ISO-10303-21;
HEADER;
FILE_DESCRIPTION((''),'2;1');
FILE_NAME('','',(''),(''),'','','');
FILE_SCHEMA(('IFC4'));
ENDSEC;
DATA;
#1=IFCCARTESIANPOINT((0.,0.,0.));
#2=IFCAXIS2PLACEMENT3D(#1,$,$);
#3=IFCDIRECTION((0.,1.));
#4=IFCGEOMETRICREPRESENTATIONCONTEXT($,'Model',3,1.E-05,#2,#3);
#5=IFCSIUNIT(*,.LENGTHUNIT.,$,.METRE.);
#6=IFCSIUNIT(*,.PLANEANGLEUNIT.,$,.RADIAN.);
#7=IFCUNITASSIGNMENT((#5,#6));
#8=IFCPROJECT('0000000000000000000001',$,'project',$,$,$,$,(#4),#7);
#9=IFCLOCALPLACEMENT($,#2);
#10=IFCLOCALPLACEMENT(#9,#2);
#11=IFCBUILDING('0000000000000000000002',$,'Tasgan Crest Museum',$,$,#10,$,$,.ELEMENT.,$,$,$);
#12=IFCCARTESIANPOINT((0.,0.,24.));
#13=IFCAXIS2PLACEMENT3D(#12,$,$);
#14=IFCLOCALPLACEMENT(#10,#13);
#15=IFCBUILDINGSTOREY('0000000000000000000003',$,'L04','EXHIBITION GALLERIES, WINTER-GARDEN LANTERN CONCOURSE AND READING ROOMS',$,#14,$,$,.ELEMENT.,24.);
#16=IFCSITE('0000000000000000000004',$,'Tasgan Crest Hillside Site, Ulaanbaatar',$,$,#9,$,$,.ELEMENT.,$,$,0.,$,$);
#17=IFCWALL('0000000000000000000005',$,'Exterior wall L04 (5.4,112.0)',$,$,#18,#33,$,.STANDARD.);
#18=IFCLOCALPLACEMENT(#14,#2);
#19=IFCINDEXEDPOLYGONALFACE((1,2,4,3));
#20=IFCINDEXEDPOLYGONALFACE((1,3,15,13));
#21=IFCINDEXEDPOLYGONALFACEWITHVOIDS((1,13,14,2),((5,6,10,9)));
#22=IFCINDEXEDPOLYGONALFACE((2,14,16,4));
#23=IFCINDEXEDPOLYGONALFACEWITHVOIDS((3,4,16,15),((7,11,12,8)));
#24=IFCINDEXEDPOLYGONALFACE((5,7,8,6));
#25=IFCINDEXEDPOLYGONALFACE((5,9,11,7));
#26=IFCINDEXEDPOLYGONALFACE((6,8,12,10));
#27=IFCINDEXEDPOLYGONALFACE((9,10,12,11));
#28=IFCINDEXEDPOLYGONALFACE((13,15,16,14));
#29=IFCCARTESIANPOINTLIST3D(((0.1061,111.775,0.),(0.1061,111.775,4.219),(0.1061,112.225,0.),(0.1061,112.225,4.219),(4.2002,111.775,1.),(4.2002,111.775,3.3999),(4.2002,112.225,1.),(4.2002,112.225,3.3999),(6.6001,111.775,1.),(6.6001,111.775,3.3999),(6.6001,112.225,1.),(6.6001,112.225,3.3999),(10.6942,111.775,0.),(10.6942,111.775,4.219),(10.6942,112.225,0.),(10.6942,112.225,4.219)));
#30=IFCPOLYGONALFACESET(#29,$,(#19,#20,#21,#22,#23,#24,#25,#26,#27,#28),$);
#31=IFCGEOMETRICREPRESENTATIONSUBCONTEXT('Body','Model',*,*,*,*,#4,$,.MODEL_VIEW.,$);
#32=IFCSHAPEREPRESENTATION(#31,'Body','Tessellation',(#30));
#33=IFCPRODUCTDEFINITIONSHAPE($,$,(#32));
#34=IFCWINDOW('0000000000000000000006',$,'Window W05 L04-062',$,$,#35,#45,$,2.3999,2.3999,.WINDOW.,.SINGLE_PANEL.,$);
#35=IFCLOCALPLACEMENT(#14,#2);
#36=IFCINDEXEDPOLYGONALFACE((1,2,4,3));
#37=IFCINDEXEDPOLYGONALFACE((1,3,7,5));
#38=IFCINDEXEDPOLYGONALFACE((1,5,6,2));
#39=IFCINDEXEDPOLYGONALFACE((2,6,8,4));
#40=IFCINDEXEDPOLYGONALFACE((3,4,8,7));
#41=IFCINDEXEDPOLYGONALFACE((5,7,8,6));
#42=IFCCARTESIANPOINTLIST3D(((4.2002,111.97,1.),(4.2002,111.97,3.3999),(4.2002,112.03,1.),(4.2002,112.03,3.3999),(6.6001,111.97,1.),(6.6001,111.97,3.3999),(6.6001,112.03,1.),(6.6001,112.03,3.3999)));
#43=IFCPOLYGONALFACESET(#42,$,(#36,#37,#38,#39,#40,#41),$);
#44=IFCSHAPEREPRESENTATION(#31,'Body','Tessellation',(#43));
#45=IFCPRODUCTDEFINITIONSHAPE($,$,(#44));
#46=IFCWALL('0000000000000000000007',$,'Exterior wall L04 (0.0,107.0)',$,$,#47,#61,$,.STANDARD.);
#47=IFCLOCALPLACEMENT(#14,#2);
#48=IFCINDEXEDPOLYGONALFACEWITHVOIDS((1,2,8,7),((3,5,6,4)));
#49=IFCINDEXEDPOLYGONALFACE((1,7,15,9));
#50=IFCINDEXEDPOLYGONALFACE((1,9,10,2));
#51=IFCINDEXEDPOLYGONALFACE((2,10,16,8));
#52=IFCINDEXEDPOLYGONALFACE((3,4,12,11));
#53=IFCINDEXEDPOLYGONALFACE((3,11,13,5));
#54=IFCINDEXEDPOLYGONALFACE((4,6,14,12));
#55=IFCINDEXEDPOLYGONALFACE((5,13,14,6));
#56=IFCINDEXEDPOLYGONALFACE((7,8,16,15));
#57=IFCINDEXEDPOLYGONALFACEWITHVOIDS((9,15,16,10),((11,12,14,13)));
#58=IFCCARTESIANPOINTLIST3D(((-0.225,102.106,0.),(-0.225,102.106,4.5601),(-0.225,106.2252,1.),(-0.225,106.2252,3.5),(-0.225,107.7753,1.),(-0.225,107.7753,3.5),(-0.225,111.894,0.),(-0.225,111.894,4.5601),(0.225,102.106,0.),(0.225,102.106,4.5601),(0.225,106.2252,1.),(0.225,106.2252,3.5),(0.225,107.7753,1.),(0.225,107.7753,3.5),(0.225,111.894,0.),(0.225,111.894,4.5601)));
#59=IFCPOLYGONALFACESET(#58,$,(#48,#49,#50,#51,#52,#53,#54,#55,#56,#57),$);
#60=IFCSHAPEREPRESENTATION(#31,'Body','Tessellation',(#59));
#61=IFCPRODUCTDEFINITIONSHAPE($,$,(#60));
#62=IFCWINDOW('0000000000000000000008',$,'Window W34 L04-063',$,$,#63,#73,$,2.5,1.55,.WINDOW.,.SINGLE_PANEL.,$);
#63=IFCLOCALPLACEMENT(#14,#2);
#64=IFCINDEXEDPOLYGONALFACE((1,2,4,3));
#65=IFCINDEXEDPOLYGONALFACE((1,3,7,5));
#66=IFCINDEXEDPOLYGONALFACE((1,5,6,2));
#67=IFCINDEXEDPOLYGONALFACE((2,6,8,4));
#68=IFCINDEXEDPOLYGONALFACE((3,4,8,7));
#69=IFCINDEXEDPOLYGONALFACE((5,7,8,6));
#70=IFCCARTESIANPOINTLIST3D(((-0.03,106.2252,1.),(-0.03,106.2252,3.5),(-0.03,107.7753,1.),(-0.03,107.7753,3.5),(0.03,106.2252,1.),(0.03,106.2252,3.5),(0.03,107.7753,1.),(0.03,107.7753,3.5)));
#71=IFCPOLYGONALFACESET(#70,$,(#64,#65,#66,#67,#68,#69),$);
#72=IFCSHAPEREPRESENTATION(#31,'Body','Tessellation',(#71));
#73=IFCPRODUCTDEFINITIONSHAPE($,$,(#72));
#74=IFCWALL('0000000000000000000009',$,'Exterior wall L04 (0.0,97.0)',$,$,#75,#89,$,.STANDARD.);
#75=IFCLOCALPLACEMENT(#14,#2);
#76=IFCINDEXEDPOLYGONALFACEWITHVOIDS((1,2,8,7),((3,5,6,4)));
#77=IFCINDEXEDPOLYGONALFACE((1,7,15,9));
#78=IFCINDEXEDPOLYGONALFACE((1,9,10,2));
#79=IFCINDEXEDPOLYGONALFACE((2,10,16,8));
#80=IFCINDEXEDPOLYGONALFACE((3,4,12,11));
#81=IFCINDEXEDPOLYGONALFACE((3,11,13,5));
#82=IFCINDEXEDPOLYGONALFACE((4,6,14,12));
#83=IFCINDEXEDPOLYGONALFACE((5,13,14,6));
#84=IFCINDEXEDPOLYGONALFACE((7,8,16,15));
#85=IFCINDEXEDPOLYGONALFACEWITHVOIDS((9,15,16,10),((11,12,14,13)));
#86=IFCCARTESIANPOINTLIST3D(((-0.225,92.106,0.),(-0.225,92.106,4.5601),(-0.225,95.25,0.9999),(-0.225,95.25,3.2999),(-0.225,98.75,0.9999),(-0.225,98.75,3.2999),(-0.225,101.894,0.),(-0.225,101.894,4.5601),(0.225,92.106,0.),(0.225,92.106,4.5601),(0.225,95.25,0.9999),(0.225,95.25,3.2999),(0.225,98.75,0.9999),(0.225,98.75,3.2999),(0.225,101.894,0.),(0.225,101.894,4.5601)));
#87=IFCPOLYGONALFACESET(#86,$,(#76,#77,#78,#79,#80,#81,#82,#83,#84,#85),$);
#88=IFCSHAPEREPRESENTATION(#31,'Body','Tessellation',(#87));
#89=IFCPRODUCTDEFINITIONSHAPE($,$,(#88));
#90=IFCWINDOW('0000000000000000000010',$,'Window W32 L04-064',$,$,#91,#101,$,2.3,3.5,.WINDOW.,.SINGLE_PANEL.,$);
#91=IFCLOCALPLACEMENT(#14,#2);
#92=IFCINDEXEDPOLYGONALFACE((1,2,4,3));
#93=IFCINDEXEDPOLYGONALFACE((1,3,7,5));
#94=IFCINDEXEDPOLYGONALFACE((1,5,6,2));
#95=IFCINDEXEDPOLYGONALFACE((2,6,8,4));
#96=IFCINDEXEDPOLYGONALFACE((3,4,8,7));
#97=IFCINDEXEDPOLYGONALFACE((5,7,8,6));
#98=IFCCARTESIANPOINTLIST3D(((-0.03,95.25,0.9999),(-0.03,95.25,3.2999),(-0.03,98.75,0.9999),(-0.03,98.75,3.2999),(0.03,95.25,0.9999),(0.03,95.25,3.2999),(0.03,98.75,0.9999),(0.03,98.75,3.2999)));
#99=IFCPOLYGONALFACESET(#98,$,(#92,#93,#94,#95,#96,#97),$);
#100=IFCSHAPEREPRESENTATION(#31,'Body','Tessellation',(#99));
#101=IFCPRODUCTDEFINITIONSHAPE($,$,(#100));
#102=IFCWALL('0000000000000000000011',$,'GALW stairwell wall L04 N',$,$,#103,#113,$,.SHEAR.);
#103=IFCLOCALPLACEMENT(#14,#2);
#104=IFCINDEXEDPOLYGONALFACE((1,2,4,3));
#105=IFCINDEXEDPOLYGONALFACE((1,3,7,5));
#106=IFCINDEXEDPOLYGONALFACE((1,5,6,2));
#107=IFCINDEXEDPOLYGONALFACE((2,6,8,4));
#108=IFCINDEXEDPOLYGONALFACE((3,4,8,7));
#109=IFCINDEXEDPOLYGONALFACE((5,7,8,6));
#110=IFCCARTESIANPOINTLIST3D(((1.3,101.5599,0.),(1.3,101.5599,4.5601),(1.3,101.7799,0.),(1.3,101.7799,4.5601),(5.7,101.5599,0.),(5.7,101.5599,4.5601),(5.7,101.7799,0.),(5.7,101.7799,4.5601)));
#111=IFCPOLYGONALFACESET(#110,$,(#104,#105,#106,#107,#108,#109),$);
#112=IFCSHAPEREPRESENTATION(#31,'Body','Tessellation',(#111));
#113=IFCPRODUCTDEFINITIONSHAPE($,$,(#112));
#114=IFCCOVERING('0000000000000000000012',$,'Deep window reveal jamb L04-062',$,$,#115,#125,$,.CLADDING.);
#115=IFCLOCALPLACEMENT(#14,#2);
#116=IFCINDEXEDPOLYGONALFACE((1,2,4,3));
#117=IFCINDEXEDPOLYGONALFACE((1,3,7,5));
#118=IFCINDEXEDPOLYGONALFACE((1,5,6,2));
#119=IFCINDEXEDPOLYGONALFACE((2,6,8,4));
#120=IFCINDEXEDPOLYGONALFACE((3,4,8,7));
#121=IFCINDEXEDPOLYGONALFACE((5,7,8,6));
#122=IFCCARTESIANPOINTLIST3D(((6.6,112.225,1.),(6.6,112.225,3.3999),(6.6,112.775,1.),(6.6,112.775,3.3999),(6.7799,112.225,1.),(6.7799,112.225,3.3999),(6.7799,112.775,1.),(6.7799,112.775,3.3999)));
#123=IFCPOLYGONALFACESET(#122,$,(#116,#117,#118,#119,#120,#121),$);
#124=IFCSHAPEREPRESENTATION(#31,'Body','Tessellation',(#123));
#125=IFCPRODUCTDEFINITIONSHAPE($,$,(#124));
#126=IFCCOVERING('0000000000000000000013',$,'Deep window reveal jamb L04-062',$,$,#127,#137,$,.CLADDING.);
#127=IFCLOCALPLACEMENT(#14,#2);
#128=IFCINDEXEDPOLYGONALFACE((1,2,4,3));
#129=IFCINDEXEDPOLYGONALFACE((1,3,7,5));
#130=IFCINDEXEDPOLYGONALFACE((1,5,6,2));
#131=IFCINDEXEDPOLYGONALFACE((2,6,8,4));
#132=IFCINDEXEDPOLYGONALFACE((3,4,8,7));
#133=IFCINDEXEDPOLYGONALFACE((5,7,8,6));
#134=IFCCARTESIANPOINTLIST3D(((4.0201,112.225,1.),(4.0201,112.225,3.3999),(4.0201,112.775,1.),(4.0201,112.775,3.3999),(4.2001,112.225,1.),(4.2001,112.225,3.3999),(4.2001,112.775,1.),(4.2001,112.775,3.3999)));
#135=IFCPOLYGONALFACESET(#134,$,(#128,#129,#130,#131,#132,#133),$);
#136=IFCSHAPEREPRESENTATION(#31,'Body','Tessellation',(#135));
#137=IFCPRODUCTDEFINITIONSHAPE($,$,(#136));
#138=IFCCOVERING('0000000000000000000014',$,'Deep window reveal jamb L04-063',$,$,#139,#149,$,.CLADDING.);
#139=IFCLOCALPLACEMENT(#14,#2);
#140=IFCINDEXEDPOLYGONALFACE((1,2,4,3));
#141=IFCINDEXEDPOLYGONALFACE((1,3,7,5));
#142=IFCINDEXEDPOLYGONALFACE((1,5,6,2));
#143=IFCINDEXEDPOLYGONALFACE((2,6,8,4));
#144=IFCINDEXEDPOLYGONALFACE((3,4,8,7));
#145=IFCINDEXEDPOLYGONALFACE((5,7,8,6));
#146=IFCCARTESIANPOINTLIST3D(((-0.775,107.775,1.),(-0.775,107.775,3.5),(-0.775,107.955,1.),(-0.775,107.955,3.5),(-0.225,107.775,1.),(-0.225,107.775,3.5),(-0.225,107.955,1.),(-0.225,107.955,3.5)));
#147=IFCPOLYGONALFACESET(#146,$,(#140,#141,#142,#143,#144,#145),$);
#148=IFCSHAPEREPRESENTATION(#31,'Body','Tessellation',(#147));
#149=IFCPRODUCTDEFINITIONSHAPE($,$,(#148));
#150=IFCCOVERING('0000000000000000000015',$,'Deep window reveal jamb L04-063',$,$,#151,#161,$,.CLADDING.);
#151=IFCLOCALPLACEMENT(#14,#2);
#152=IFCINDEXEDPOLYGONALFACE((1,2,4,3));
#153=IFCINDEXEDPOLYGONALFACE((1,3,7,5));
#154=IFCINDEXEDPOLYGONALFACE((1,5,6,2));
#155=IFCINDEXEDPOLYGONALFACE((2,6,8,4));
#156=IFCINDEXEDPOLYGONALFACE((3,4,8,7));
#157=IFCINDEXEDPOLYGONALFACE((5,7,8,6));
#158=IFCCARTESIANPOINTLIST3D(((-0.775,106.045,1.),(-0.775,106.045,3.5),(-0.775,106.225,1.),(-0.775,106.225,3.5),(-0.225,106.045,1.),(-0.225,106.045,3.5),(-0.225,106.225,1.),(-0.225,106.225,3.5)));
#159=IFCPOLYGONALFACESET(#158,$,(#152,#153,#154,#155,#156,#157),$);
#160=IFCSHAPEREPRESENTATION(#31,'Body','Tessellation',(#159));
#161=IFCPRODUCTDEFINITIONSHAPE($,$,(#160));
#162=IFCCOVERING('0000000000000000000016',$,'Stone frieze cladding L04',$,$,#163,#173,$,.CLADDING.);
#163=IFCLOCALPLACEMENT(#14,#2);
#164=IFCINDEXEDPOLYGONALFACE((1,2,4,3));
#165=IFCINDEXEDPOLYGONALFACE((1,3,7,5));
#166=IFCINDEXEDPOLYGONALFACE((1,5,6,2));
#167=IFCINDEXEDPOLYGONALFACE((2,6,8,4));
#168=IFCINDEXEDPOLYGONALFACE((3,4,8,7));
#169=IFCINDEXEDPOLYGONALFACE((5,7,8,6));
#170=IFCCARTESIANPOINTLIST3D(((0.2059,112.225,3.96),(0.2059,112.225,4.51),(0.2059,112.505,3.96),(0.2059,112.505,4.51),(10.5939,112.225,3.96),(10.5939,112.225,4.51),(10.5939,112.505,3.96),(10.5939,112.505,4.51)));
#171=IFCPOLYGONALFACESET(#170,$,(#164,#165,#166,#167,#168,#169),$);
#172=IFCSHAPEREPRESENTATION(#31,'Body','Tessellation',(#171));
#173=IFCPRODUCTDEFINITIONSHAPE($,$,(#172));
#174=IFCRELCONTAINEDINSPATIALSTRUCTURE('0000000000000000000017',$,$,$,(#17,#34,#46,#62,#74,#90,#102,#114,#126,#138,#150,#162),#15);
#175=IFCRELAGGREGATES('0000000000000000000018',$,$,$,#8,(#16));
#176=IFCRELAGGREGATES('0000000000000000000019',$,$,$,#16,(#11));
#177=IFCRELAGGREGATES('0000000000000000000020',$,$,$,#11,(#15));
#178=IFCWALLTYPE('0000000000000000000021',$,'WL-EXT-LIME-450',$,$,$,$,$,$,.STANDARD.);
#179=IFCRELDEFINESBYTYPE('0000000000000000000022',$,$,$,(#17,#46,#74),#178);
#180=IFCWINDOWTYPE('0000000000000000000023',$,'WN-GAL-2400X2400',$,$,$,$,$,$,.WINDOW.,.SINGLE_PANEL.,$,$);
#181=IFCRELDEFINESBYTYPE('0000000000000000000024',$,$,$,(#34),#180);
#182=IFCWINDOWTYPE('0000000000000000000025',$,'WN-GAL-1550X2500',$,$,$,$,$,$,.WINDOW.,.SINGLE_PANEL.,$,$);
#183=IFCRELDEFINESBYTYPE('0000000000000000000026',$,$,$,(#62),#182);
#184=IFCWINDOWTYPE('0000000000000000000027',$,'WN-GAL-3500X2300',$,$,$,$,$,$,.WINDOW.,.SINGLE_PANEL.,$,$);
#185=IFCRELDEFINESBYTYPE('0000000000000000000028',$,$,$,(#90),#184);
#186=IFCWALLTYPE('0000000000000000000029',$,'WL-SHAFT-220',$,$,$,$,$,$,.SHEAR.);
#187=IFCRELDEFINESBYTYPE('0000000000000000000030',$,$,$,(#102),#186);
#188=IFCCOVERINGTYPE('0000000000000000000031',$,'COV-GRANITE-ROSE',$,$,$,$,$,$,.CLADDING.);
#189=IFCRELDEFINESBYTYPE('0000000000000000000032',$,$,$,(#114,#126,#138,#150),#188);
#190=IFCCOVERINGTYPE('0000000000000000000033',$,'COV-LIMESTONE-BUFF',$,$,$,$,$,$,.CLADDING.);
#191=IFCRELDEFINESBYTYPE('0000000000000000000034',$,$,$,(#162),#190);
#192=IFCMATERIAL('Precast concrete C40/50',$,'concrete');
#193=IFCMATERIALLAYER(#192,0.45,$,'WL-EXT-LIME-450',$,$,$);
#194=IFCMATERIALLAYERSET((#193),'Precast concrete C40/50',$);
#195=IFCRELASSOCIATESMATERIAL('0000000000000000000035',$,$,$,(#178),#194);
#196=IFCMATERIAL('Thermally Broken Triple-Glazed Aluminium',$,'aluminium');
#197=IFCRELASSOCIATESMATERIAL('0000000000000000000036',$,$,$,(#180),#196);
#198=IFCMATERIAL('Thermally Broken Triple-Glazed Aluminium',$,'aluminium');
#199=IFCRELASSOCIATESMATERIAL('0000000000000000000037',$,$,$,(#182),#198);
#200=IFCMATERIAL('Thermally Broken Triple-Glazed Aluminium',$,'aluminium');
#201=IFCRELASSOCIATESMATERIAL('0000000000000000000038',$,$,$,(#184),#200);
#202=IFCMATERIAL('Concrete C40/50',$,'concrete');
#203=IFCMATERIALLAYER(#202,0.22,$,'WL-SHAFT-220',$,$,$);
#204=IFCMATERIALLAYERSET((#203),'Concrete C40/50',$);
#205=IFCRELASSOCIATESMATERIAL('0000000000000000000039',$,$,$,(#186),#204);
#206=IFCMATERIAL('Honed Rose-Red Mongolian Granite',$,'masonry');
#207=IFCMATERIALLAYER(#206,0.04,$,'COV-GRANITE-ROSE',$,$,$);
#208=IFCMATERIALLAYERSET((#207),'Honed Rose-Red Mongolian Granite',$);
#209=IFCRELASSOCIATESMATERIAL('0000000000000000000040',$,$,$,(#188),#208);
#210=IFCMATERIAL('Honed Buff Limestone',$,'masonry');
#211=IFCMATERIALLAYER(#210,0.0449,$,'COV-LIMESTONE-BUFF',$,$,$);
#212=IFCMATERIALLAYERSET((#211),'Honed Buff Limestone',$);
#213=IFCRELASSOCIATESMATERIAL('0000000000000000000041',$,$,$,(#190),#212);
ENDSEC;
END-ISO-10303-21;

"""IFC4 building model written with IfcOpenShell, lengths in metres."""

from ifc_helpers import new_model, si_unit, direction, frame, frame_2d, origin, origin_2d, place, context, subcontext, project, spatial, rectangle, extrude, material, layer, layer_set, type_object, element, fill, save


model = new_model("IFC4")

# Units and contexts
model_context = context("Model", 3, precision=1e-05, world=origin(), true_north=direction((0.0, 1.0)))
body_context = subcontext(model_context, "Body", "Model", "MODEL_VIEW")
ifc_project = project(units=[si_unit("LENGTHUNIT", "METRE"), si_unit("PLANEANGLEUNIT", "RADIAN")], contexts=[model_context])

# Site, building, storey
site_placement = place(None, origin())
site = spatial("IfcSite", under=ifc_project, at=site_placement, Name="Tasgan Crest Hillside Site, Ulaanbaatar", CompositionType="ELEMENT", RefElevation=0.0)
building_placement = place(site_placement, origin())
building = spatial("IfcBuilding", under=site, at=building_placement, Name="Tasgan Crest Museum", CompositionType="ELEMENT")
storey_placement = place(building_placement, frame((0.0, 0.0, 24.0)))
storey = spatial("IfcBuildingStorey", under=building, at=storey_placement, Name="L04", Description="EXHIBITION GALLERIES, WINTER-GARDEN LANTERN CONCOURSE AND READING ROOMS", CompositionType="ELEMENT", Elevation=24.0)

# Walls, openings, windows
ifc_material_1 = material(Name="Precast concrete C40/50", Category="concrete")
ifc_layer_1 = layer(ifc_material_1, 0.45, Name="WL-EXT-LIME-450")
ifc_layer_set_1 = layer_set([ifc_layer_1], Name="Precast concrete C40/50")
wall_type_1 = type_object("IfcWallType", Name="WL-EXT-LIME-450", PredefinedType="STANDARD", material=ifc_layer_set_1)
wall_1_placement = place(storey_placement, frame((10.6941, 112.0, 0.0), z_axis=(0.0, 0.0, 1.0), x_axis=(-1.0, 0.0, 0.0)))
wall_1 = element("IfcWall", 1, at=wall_1_placement, inside=storey, type_object=wall_type_1, Name="Exterior wall L04 (5.4,112.0)", PredefinedType="STANDARD", context=body_context, shape_type="SweptSolid", body=[
    extrude(rectangle(XDim=10.5881, YDim=0.45, at=frame_2d((5.2939, 0.0))), origin(), (0.0, 0.0, 1.0), 4.219),
])
opening_1_placement = place(wall_1_placement, frame((4.094, 0.0, 1.0)))
opening_1 = element("IfcOpeningElement", 2, at=opening_1_placement, cuts=wall_1, PredefinedType="OPENING", context=body_context, shape_type="SweptSolid", body=[
    extrude(rectangle(XDim=2.3999, YDim=2.3999, at=frame_2d((1.2, 1.2))), frame((0.0, 0.2349, 0.0), z_axis=(0.0, -1.0, 0.0), x_axis=(1.0, 0.0, 0.0)), (0.0, 0.0, 1.0), 0.47),
])
ifc_material_2 = material(Name="Thermally Broken Triple-Glazed Aluminium", Category="aluminium")
window_type_1 = type_object("IfcWindowType", Name="WN-GAL-2400X2400", PartitioningType="SINGLE_PANEL", PredefinedType="WINDOW", material=ifc_material_2)
window_1_placement = place(opening_1_placement, origin())
window_1 = element("IfcWindow", 3, at=window_1_placement, inside=storey, type_object=window_type_1, Name="Window W05 L04-062", OverallHeight=2.3999, OverallWidth=2.3999, PartitioningType="SINGLE_PANEL", PredefinedType="WINDOW", context=body_context, shape_type="SweptSolid", body=[
    extrude(rectangle(XDim=2.3999, YDim=2.3999, at=frame_2d((1.2, 1.2))), frame((0.0, 0.03, 0.0), z_axis=(0.0, -1.0, 0.0), x_axis=(1.0, 0.0, 0.0)), (0.0, 0.0, 1.0), 0.0601),
])
fill(opening_1, window_1)
wall_2_placement = place(storey_placement, frame((0.0, 111.894, 0.0), z_axis=(0.0, 0.0, 1.0), x_axis=(0.0, -1.0, 0.0)))
wall_2 = element("IfcWall", 4, at=wall_2_placement, inside=storey, type_object=wall_type_1, Name="Exterior wall L04 (0.0,107.0)", PredefinedType="STANDARD", context=body_context, shape_type="SweptSolid", body=[
    extrude(rectangle(XDim=9.7881, YDim=0.45, at=frame_2d((4.894, 0.0))), origin(), (0.0, 0.0, 1.0), 4.5601),
])
opening_2_placement = place(wall_2_placement, frame((4.1189, 0.0, 1.0)))
opening_2 = element("IfcOpeningElement", 5, at=opening_2_placement, cuts=wall_2, PredefinedType="OPENING", context=body_context, shape_type="SweptSolid", body=[
    extrude(rectangle(XDim=1.55, YDim=2.5, at=frame_2d((0.7749, 1.25))), frame((0.0, 0.2349, 0.0), z_axis=(0.0, -1.0, 0.0), x_axis=(1.0, 0.0, 0.0)), (0.0, 0.0, 1.0), 0.47),
])
ifc_material_3 = material(Name="Thermally Broken Triple-Glazed Aluminium", Category="aluminium")
window_type_2 = type_object("IfcWindowType", Name="WN-GAL-1550X2500", PartitioningType="SINGLE_PANEL", PredefinedType="WINDOW", material=ifc_material_3)
window_2_placement = place(opening_2_placement, origin())
window_2 = element("IfcWindow", 6, at=window_2_placement, inside=storey, type_object=window_type_2, Name="Window W34 L04-063", OverallHeight=2.5, OverallWidth=1.55, PartitioningType="SINGLE_PANEL", PredefinedType="WINDOW", context=body_context, shape_type="SweptSolid", body=[
    extrude(rectangle(XDim=1.55, YDim=2.5, at=frame_2d((0.7749, 1.25))), frame((0.0, 0.03, 0.0), z_axis=(0.0, -1.0, 0.0), x_axis=(1.0, 0.0, 0.0)), (0.0, 0.0, 1.0), 0.0601),
])
fill(opening_2, window_2)
wall_3_placement = place(storey_placement, frame((0.0, 101.894, 0.0), z_axis=(0.0, 0.0, 1.0), x_axis=(0.0, -1.0, 0.0)))
wall_3 = element("IfcWall", 7, at=wall_3_placement, inside=storey, type_object=wall_type_1, Name="Exterior wall L04 (0.0,97.0)", PredefinedType="STANDARD", context=body_context, shape_type="SweptSolid", body=[
    extrude(rectangle(XDim=9.7881, YDim=0.45, at=frame_2d((4.894, 0.0))), origin(), (0.0, 0.0, 1.0), 4.5601),
])
opening_3_placement = place(wall_3_placement, frame((3.144, 0.0, 1.0)))
opening_3 = element("IfcOpeningElement", 8, at=opening_3_placement, cuts=wall_3, PredefinedType="OPENING", context=body_context, shape_type="SweptSolid", body=[
    extrude(rectangle(XDim=3.5, YDim=2.3, at=frame_2d((1.75, 1.1499))), frame((0.0, 0.2349, 0.0), z_axis=(0.0, -1.0, 0.0), x_axis=(1.0, 0.0, 0.0)), (0.0, 0.0, 1.0), 0.47),
])
ifc_material_4 = material(Name="Thermally Broken Triple-Glazed Aluminium", Category="aluminium")
window_type_3 = type_object("IfcWindowType", Name="WN-GAL-3500X2300", PartitioningType="SINGLE_PANEL", PredefinedType="WINDOW", material=ifc_material_4)
window_3_placement = place(opening_3_placement, origin())
window_3 = element("IfcWindow", 9, at=window_3_placement, inside=storey, type_object=window_type_3, Name="Window W32 L04-064", OverallHeight=2.3, OverallWidth=3.5, PartitioningType="SINGLE_PANEL", PredefinedType="WINDOW", context=body_context, shape_type="SweptSolid", body=[
    extrude(rectangle(XDim=3.5, YDim=2.3, at=frame_2d((1.75, 1.1499))), frame((0.0, 0.03, 0.0), z_axis=(0.0, -1.0, 0.0), x_axis=(1.0, 0.0, 0.0)), (0.0, 0.0, 1.0), 0.0601),
])
fill(opening_3, window_3)

# Wall
ifc_material_5 = material(Name="Concrete C40/50", Category="concrete")
ifc_layer_2 = layer(ifc_material_5, 0.22, Name="WL-SHAFT-220")
ifc_layer_set_2 = layer_set([ifc_layer_2], Name="Concrete C40/50")
wall_type_2 = type_object("IfcWallType", Name="WL-SHAFT-220", PredefinedType="SHEAR", material=ifc_layer_set_2)
wall_4_placement = place(storey_placement, frame((1.3, 101.6699, 0.0), z_axis=(0.0, 0.0, 1.0), x_axis=(1.0, 0.0, 0.0)))
element("IfcWall", 10, at=wall_4_placement, inside=storey, type_object=wall_type_2, Name="GALW stairwell wall L04 N", PredefinedType="SHEAR", context=body_context, shape_type="SweptSolid", body=[
    extrude(rectangle(XDim=4.3999, YDim=0.22, at=frame_2d((2.2, 0.0))), origin(), (0.0, 0.0, 1.0), 4.5601),
])

# Coverings
ifc_material_6 = material(Name="Honed Rose-Red Mongolian Granite", Category="masonry")
ifc_layer_3 = layer(ifc_material_6, 0.04, Name="COV-GRANITE-ROSE")
ifc_layer_set_3 = layer_set([ifc_layer_3], Name="Honed Rose-Red Mongolian Granite")
covering_type_1 = type_object("IfcCoveringType", Name="COV-GRANITE-ROSE", PredefinedType="CLADDING", material=ifc_layer_set_3)
for number, where, z_axis, x_axis, name in (
    (11, (6.6899, 112.5, 1.0), (0.0, 0.0, 1.0), (-1.0, 0.0, 0.0), "Deep window reveal jamb L04-062"),
    (12, (4.1101, 112.5, 1.0), (0.0, 0.0, 1.0), (-1.0, 0.0, 0.0), "Deep window reveal jamb L04-062"),
):
    element("IfcCovering", number, at=place(storey_placement, frame(where, z_axis=z_axis, x_axis=x_axis)), inside=storey, type_object=covering_type_1, Name=name, PredefinedType="CLADDING", context=body_context, shape_type="SweptSolid", body=[
        extrude(rectangle(XDim=0.1799, YDim=0.55, at=origin_2d()), origin(), (0.0, 0.0, 1.0), 2.3999),
    ])
for number, where, z_axis, x_axis, name in (
    (13, (-0.5, 107.865, 1.0), (0.0, 0.0, 1.0), (0.0, -1.0, 0.0), "Deep window reveal jamb L04-063"),
    (14, (-0.5, 106.135, 1.0), (0.0, 0.0, 1.0), (0.0, -1.0, 0.0), "Deep window reveal jamb L04-063"),
):
    element("IfcCovering", number, at=place(storey_placement, frame(where, z_axis=z_axis, x_axis=x_axis)), inside=storey, type_object=covering_type_1, Name=name, PredefinedType="CLADDING", context=body_context, shape_type="SweptSolid", body=[
        extrude(rectangle(XDim=0.1799, YDim=0.55, at=origin_2d()), origin(), (0.0, 0.0, 1.0), 2.5),
    ])
ifc_material_7 = material(Name="Honed Buff Limestone", Category="masonry")
ifc_layer_4 = layer(ifc_material_7, 0.0449, Name="COV-LIMESTONE-BUFF")
ifc_layer_set_4 = layer_set([ifc_layer_4], Name="Honed Buff Limestone")
covering_type_2 = type_object("IfcCoveringType", Name="COV-LIMESTONE-BUFF", PredefinedType="CLADDING", material=ifc_layer_set_4)
covering_1_placement = place(storey_placement, frame((5.3999, 112.365, 3.96), z_axis=(0.0, 0.0, 1.0), x_axis=(-1.0, 0.0, 0.0)))
element("IfcCovering", 15, at=covering_1_placement, inside=storey, type_object=covering_type_2, Name="Stone frieze cladding L04", PredefinedType="CLADDING", context=body_context, shape_type="SweptSolid", body=[
    extrude(rectangle(XDim=10.3879, YDim=0.28, at=origin_2d()), origin(), (0.0, 0.0, 1.0), 0.55),
])

save(model, "model.ifc")
